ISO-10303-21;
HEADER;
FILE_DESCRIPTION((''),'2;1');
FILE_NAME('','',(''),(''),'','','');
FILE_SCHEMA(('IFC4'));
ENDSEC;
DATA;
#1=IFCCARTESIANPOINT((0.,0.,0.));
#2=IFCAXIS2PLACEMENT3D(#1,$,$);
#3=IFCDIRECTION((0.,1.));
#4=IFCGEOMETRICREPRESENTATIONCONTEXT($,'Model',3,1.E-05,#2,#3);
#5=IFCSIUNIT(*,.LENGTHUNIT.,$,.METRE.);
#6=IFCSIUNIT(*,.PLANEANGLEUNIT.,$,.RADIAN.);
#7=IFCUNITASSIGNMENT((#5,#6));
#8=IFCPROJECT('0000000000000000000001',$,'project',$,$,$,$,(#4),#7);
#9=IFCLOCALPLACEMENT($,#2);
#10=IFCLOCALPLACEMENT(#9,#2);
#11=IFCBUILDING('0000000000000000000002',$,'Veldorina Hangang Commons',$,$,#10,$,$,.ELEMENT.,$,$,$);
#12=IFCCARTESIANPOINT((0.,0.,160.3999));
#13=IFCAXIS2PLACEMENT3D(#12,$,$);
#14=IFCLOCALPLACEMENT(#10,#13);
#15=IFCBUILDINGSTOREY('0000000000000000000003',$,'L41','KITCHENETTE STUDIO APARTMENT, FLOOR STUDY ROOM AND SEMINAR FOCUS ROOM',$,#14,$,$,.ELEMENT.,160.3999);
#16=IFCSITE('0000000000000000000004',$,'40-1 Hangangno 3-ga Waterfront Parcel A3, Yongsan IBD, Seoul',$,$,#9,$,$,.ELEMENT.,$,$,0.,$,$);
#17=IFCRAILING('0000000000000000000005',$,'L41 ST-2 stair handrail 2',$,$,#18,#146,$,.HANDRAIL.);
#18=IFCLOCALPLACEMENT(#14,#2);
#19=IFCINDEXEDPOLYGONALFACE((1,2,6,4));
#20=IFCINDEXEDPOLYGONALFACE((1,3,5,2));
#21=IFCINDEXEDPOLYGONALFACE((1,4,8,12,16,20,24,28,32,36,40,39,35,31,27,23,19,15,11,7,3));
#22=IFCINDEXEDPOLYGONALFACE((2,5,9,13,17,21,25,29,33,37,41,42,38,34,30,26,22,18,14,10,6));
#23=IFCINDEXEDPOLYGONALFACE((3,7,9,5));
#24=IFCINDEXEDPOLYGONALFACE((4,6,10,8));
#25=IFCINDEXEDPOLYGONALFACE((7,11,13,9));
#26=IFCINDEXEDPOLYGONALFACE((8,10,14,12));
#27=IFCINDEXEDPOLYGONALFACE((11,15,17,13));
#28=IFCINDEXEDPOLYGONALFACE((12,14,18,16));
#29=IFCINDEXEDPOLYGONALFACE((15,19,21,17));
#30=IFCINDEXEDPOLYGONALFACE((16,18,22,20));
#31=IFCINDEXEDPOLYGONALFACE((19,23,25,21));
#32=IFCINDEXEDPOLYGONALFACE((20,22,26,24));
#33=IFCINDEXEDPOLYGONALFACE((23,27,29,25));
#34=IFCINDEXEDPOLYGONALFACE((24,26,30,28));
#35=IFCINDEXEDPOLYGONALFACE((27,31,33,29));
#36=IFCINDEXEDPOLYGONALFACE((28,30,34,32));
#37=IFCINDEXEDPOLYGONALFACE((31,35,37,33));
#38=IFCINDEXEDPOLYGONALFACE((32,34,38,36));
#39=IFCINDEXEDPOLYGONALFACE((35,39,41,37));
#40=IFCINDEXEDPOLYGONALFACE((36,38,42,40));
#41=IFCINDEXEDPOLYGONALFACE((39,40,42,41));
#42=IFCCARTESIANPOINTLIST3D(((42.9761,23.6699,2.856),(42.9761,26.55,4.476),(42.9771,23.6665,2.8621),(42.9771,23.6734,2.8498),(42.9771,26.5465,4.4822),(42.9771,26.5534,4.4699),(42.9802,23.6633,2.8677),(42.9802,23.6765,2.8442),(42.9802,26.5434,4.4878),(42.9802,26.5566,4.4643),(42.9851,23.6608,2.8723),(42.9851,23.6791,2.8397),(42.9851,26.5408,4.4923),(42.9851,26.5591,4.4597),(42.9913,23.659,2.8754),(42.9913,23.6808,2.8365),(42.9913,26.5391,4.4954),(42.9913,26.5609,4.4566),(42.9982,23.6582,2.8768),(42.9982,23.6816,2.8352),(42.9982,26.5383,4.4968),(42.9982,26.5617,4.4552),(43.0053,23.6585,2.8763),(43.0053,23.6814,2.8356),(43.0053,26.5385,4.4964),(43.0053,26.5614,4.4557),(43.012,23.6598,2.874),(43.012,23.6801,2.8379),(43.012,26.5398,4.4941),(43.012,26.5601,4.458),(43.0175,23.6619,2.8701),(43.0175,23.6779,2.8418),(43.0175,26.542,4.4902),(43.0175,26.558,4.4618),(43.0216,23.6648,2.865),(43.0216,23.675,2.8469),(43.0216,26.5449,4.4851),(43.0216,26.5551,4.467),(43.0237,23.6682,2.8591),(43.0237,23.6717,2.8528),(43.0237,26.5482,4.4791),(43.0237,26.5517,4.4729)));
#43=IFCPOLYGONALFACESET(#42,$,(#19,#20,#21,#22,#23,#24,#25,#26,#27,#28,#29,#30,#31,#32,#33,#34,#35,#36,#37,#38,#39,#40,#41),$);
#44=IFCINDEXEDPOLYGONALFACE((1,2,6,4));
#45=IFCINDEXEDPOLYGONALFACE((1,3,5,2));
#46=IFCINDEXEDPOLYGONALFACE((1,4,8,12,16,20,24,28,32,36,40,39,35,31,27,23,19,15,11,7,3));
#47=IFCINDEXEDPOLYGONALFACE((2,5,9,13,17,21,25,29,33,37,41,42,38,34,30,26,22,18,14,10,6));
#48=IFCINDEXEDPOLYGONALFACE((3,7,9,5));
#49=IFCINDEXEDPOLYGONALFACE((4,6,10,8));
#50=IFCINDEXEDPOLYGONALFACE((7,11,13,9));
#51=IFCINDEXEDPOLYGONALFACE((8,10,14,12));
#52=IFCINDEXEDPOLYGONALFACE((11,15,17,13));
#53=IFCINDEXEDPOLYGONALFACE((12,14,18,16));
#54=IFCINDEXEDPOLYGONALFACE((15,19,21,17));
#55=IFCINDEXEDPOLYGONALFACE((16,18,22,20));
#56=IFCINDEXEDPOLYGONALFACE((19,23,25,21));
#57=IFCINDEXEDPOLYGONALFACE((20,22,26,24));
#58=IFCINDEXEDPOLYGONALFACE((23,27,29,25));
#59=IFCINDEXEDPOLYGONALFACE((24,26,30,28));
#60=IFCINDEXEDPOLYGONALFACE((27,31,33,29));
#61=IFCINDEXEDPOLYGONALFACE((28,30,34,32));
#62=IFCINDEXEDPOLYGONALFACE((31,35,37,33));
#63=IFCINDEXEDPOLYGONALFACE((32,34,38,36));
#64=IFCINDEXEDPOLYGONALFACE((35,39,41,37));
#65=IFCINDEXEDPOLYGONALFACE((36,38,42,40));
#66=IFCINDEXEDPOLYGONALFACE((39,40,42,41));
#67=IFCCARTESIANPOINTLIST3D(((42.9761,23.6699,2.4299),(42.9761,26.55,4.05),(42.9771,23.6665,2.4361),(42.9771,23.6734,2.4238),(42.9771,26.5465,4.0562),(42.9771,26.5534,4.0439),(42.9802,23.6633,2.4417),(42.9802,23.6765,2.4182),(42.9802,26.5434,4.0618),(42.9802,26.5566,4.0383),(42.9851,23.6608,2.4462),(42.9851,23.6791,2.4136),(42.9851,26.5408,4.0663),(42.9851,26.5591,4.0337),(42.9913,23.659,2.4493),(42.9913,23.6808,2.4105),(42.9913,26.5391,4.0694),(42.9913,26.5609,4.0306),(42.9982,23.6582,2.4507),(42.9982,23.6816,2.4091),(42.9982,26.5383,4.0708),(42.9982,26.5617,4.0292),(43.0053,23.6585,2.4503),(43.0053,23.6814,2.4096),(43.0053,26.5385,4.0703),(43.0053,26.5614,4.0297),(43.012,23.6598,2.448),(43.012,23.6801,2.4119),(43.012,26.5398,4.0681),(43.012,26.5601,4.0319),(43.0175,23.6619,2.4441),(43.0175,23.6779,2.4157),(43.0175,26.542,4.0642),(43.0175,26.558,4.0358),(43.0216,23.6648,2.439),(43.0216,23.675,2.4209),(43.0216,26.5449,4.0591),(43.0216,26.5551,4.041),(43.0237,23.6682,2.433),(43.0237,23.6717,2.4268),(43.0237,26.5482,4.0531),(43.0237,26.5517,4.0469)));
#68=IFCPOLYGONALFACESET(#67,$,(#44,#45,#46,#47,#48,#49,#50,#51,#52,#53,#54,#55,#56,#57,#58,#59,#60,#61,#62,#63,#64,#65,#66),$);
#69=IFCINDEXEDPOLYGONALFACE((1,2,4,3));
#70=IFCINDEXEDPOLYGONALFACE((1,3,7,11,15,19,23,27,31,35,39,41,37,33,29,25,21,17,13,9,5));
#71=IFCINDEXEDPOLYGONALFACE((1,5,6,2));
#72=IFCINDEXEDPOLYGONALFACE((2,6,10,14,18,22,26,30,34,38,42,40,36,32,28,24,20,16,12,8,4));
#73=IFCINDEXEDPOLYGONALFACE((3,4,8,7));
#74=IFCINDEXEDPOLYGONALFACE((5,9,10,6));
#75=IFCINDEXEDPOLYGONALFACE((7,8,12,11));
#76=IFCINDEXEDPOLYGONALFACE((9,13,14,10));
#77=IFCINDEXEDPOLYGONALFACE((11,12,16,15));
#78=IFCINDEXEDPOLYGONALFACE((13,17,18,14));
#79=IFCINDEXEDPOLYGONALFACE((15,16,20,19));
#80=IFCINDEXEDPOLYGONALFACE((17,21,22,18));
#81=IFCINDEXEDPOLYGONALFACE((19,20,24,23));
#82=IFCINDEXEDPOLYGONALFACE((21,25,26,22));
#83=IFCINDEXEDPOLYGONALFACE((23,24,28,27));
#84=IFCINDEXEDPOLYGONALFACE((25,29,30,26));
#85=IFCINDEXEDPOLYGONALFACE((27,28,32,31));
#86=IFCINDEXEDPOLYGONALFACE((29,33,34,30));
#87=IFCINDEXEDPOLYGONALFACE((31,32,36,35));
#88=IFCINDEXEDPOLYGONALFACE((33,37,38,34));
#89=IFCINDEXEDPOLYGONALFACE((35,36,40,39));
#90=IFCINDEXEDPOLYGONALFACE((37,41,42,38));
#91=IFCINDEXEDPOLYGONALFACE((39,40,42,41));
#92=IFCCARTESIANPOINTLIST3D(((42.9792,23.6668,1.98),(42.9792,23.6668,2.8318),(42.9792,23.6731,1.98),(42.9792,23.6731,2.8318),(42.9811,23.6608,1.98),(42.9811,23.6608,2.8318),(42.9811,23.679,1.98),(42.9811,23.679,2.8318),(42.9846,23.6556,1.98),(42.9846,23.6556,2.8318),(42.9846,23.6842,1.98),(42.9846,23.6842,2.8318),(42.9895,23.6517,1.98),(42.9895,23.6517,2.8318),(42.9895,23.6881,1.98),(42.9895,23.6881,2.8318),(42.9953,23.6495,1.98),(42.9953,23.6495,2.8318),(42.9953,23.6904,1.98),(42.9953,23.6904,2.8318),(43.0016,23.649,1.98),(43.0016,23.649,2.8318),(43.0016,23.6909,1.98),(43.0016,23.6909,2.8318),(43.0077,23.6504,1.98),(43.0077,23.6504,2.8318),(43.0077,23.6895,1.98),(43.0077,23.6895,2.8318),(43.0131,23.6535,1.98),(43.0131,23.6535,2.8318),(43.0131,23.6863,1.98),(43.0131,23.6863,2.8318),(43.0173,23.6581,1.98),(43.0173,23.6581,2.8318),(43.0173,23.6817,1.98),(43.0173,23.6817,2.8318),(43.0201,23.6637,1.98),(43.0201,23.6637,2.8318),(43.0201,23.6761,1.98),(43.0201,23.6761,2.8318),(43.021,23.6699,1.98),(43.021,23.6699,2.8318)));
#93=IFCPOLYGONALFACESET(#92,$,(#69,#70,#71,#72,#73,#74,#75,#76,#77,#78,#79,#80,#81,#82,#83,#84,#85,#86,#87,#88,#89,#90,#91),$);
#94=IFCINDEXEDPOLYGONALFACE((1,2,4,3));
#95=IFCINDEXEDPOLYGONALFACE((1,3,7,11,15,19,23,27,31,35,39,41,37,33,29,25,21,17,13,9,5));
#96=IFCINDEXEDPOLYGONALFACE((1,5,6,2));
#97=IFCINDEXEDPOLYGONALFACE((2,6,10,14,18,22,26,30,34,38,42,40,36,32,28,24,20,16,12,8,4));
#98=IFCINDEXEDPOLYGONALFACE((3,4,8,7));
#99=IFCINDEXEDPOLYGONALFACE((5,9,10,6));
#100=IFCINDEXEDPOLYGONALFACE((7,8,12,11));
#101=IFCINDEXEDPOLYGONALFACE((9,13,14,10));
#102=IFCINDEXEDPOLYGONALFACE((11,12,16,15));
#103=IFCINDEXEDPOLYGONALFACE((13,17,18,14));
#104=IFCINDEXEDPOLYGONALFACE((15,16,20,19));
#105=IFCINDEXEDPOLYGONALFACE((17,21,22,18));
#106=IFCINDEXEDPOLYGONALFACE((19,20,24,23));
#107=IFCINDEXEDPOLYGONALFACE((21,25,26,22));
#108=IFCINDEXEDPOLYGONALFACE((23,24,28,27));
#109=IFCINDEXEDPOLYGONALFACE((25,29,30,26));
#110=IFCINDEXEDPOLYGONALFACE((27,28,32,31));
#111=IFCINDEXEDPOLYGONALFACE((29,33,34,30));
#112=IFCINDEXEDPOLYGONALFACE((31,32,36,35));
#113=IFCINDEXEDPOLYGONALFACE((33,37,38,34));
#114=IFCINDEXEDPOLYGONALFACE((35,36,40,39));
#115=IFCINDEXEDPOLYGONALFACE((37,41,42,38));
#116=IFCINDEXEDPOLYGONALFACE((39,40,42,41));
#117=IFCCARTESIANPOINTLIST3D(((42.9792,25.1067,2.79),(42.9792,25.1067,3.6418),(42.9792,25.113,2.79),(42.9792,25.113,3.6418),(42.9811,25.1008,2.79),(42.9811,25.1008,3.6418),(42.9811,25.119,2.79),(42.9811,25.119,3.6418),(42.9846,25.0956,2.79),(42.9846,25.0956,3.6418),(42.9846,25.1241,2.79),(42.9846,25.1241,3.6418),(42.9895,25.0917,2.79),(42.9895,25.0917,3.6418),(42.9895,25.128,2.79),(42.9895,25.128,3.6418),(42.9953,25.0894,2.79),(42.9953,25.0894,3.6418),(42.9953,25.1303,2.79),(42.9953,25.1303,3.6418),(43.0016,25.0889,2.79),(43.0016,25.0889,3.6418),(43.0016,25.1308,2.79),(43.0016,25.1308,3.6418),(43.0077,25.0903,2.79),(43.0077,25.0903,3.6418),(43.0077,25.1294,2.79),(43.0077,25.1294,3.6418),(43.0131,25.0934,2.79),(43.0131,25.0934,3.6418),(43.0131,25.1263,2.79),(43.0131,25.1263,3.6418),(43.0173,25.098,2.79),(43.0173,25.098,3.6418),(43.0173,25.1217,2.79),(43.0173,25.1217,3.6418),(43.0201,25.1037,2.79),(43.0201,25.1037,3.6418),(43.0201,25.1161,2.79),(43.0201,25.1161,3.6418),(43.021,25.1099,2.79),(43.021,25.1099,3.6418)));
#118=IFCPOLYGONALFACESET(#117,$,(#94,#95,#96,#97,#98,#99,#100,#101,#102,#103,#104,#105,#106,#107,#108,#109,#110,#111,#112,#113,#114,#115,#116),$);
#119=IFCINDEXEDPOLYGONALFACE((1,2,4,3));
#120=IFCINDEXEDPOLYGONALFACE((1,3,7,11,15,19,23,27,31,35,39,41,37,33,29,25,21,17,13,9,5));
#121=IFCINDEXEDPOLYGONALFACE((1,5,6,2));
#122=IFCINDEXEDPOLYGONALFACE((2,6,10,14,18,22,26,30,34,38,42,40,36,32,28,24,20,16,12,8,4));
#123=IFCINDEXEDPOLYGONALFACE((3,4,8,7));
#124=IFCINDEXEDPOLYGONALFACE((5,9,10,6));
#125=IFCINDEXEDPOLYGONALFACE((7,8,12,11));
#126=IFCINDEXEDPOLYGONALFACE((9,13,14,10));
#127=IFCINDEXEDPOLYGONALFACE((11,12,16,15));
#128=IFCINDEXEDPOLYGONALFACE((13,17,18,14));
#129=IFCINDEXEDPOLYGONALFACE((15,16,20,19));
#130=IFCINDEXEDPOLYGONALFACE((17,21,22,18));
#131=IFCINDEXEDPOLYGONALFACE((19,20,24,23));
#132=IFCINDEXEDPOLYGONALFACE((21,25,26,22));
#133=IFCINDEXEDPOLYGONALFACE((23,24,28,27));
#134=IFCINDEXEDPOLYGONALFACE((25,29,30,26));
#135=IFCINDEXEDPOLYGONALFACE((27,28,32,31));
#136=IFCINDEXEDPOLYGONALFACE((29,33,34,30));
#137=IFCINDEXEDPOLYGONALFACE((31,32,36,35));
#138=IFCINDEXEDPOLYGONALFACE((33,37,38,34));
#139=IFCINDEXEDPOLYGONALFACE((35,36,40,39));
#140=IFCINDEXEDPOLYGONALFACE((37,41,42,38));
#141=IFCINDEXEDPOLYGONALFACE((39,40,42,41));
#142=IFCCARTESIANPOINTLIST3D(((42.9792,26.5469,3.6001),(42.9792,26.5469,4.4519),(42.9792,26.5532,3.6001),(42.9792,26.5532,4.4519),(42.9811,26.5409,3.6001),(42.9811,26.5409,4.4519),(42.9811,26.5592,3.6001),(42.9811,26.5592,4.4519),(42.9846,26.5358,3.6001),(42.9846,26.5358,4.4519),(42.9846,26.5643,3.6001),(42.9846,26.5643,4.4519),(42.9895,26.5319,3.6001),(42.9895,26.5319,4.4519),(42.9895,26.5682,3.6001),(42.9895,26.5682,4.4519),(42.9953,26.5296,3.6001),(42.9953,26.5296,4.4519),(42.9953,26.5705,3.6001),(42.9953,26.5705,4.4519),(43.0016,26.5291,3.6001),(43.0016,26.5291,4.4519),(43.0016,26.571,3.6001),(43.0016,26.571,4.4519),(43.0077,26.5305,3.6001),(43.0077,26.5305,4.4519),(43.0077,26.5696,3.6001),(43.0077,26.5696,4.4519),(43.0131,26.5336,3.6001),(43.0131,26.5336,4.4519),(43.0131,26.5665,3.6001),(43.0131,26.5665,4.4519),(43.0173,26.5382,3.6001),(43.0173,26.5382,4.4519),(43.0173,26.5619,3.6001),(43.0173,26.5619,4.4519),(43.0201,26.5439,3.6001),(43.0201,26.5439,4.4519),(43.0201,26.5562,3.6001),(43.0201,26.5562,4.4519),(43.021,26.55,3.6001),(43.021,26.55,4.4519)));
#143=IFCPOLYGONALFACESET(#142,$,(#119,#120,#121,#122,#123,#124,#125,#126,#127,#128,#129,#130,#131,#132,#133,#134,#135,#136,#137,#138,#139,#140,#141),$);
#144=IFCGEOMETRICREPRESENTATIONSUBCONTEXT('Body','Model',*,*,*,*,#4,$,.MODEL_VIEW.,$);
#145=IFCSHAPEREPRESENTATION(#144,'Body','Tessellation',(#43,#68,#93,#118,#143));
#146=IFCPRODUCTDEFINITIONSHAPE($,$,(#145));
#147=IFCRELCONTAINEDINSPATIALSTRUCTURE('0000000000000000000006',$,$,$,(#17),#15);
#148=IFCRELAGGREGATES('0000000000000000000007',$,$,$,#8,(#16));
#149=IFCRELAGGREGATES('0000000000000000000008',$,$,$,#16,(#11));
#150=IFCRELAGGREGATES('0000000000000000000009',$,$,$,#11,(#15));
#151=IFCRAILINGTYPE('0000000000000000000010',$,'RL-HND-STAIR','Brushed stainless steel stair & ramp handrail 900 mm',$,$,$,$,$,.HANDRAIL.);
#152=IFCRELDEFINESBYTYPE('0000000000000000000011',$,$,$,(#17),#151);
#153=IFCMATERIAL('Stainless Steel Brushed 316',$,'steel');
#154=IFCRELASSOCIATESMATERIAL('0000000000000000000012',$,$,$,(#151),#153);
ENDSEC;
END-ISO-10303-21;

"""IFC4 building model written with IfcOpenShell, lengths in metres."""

from ifc_helpers import new_model, si_unit, direction, frame, origin, origin_2d, place, context, subcontext, project, spatial, circle, extrude, material, type_object, element, save


model = new_model("IFC4")

# Units and contexts
model_context = context("Model", 3, precision=1e-05, world=origin(), true_north=direction((0.0, 1.0)))
body_context = subcontext(model_context, "Body", "Model", "MODEL_VIEW")
ifc_project = project(units=[si_unit("LENGTHUNIT", "METRE"), si_unit("PLANEANGLEUNIT", "RADIAN")], contexts=[model_context])

# Site, building, storey
site_placement = place(None, origin())
site = spatial("IfcSite", under=ifc_project, at=site_placement, Name="40-1 Hangangno 3-ga Waterfront Parcel A3, Yongsan IBD, Seoul", CompositionType="ELEMENT", RefElevation=0.0)
building_placement = place(site_placement, origin())
building = spatial("IfcBuilding", under=site, at=building_placement, Name="Veldorina Hangang Commons", CompositionType="ELEMENT")
storey_placement = place(building_placement, frame((0.0, 0.0, 160.3999)))
storey = spatial("IfcBuildingStorey", under=building, at=storey_placement, Name="L41", Description="KITCHENETTE STUDIO APARTMENT, FLOOR STUDY ROOM AND SEMINAR FOCUS ROOM", CompositionType="ELEMENT", Elevation=160.3999)

# Railing
ifc_material_1 = material(Name="Stainless Steel Brushed 316", Category="steel")
railing_type_1 = type_object("IfcRailingType", Name="RL-HND-STAIR", Description="Brushed stainless steel stair & ramp handrail 900 mm", PredefinedType="HANDRAIL", material=ifc_material_1)
railing_1_placement = place(storey_placement, frame((43.0, 23.6699, 1.98)))
element("IfcRailing", 1, at=railing_1_placement, inside=storey, type_object=railing_type_1, Name="L41 ST-2 stair handrail 2", PredefinedType="HANDRAIL", context=body_context, shape_type="SweptSolid", body=[
    extrude(circle(Radius=0.0239, at=origin_2d()), frame((0.0, 0.0, 0.876), z_axis=(0.0, 0.87157, 0.490272), x_axis=(-1.0, 0.0, 0.0)), (0.0, 0.0, 1.0), 3.3044),
    extrude(circle(Radius=0.0239, at=origin_2d()), frame((0.0, 0.0, 0.45), z_axis=(0.0, 0.87157, 0.490272), x_axis=(-1.0, 0.0, 0.0)), (0.0, 0.0, 1.0), 3.3044),
    extrude(circle(Radius=0.021, at=origin_2d()), origin(), (0.0, 0.0, 1.0), 0.8518),
    extrude(circle(Radius=0.021, at=origin_2d()), frame((0.0, 1.4399, 0.8101)), (0.0, 0.0, 1.0), 0.8518),
    extrude(circle(Radius=0.021, at=origin_2d()), frame((0.0, 2.8801, 1.6201)), (0.0, 0.0, 1.0), 0.8518),
])

save(model, "model.ifc")
